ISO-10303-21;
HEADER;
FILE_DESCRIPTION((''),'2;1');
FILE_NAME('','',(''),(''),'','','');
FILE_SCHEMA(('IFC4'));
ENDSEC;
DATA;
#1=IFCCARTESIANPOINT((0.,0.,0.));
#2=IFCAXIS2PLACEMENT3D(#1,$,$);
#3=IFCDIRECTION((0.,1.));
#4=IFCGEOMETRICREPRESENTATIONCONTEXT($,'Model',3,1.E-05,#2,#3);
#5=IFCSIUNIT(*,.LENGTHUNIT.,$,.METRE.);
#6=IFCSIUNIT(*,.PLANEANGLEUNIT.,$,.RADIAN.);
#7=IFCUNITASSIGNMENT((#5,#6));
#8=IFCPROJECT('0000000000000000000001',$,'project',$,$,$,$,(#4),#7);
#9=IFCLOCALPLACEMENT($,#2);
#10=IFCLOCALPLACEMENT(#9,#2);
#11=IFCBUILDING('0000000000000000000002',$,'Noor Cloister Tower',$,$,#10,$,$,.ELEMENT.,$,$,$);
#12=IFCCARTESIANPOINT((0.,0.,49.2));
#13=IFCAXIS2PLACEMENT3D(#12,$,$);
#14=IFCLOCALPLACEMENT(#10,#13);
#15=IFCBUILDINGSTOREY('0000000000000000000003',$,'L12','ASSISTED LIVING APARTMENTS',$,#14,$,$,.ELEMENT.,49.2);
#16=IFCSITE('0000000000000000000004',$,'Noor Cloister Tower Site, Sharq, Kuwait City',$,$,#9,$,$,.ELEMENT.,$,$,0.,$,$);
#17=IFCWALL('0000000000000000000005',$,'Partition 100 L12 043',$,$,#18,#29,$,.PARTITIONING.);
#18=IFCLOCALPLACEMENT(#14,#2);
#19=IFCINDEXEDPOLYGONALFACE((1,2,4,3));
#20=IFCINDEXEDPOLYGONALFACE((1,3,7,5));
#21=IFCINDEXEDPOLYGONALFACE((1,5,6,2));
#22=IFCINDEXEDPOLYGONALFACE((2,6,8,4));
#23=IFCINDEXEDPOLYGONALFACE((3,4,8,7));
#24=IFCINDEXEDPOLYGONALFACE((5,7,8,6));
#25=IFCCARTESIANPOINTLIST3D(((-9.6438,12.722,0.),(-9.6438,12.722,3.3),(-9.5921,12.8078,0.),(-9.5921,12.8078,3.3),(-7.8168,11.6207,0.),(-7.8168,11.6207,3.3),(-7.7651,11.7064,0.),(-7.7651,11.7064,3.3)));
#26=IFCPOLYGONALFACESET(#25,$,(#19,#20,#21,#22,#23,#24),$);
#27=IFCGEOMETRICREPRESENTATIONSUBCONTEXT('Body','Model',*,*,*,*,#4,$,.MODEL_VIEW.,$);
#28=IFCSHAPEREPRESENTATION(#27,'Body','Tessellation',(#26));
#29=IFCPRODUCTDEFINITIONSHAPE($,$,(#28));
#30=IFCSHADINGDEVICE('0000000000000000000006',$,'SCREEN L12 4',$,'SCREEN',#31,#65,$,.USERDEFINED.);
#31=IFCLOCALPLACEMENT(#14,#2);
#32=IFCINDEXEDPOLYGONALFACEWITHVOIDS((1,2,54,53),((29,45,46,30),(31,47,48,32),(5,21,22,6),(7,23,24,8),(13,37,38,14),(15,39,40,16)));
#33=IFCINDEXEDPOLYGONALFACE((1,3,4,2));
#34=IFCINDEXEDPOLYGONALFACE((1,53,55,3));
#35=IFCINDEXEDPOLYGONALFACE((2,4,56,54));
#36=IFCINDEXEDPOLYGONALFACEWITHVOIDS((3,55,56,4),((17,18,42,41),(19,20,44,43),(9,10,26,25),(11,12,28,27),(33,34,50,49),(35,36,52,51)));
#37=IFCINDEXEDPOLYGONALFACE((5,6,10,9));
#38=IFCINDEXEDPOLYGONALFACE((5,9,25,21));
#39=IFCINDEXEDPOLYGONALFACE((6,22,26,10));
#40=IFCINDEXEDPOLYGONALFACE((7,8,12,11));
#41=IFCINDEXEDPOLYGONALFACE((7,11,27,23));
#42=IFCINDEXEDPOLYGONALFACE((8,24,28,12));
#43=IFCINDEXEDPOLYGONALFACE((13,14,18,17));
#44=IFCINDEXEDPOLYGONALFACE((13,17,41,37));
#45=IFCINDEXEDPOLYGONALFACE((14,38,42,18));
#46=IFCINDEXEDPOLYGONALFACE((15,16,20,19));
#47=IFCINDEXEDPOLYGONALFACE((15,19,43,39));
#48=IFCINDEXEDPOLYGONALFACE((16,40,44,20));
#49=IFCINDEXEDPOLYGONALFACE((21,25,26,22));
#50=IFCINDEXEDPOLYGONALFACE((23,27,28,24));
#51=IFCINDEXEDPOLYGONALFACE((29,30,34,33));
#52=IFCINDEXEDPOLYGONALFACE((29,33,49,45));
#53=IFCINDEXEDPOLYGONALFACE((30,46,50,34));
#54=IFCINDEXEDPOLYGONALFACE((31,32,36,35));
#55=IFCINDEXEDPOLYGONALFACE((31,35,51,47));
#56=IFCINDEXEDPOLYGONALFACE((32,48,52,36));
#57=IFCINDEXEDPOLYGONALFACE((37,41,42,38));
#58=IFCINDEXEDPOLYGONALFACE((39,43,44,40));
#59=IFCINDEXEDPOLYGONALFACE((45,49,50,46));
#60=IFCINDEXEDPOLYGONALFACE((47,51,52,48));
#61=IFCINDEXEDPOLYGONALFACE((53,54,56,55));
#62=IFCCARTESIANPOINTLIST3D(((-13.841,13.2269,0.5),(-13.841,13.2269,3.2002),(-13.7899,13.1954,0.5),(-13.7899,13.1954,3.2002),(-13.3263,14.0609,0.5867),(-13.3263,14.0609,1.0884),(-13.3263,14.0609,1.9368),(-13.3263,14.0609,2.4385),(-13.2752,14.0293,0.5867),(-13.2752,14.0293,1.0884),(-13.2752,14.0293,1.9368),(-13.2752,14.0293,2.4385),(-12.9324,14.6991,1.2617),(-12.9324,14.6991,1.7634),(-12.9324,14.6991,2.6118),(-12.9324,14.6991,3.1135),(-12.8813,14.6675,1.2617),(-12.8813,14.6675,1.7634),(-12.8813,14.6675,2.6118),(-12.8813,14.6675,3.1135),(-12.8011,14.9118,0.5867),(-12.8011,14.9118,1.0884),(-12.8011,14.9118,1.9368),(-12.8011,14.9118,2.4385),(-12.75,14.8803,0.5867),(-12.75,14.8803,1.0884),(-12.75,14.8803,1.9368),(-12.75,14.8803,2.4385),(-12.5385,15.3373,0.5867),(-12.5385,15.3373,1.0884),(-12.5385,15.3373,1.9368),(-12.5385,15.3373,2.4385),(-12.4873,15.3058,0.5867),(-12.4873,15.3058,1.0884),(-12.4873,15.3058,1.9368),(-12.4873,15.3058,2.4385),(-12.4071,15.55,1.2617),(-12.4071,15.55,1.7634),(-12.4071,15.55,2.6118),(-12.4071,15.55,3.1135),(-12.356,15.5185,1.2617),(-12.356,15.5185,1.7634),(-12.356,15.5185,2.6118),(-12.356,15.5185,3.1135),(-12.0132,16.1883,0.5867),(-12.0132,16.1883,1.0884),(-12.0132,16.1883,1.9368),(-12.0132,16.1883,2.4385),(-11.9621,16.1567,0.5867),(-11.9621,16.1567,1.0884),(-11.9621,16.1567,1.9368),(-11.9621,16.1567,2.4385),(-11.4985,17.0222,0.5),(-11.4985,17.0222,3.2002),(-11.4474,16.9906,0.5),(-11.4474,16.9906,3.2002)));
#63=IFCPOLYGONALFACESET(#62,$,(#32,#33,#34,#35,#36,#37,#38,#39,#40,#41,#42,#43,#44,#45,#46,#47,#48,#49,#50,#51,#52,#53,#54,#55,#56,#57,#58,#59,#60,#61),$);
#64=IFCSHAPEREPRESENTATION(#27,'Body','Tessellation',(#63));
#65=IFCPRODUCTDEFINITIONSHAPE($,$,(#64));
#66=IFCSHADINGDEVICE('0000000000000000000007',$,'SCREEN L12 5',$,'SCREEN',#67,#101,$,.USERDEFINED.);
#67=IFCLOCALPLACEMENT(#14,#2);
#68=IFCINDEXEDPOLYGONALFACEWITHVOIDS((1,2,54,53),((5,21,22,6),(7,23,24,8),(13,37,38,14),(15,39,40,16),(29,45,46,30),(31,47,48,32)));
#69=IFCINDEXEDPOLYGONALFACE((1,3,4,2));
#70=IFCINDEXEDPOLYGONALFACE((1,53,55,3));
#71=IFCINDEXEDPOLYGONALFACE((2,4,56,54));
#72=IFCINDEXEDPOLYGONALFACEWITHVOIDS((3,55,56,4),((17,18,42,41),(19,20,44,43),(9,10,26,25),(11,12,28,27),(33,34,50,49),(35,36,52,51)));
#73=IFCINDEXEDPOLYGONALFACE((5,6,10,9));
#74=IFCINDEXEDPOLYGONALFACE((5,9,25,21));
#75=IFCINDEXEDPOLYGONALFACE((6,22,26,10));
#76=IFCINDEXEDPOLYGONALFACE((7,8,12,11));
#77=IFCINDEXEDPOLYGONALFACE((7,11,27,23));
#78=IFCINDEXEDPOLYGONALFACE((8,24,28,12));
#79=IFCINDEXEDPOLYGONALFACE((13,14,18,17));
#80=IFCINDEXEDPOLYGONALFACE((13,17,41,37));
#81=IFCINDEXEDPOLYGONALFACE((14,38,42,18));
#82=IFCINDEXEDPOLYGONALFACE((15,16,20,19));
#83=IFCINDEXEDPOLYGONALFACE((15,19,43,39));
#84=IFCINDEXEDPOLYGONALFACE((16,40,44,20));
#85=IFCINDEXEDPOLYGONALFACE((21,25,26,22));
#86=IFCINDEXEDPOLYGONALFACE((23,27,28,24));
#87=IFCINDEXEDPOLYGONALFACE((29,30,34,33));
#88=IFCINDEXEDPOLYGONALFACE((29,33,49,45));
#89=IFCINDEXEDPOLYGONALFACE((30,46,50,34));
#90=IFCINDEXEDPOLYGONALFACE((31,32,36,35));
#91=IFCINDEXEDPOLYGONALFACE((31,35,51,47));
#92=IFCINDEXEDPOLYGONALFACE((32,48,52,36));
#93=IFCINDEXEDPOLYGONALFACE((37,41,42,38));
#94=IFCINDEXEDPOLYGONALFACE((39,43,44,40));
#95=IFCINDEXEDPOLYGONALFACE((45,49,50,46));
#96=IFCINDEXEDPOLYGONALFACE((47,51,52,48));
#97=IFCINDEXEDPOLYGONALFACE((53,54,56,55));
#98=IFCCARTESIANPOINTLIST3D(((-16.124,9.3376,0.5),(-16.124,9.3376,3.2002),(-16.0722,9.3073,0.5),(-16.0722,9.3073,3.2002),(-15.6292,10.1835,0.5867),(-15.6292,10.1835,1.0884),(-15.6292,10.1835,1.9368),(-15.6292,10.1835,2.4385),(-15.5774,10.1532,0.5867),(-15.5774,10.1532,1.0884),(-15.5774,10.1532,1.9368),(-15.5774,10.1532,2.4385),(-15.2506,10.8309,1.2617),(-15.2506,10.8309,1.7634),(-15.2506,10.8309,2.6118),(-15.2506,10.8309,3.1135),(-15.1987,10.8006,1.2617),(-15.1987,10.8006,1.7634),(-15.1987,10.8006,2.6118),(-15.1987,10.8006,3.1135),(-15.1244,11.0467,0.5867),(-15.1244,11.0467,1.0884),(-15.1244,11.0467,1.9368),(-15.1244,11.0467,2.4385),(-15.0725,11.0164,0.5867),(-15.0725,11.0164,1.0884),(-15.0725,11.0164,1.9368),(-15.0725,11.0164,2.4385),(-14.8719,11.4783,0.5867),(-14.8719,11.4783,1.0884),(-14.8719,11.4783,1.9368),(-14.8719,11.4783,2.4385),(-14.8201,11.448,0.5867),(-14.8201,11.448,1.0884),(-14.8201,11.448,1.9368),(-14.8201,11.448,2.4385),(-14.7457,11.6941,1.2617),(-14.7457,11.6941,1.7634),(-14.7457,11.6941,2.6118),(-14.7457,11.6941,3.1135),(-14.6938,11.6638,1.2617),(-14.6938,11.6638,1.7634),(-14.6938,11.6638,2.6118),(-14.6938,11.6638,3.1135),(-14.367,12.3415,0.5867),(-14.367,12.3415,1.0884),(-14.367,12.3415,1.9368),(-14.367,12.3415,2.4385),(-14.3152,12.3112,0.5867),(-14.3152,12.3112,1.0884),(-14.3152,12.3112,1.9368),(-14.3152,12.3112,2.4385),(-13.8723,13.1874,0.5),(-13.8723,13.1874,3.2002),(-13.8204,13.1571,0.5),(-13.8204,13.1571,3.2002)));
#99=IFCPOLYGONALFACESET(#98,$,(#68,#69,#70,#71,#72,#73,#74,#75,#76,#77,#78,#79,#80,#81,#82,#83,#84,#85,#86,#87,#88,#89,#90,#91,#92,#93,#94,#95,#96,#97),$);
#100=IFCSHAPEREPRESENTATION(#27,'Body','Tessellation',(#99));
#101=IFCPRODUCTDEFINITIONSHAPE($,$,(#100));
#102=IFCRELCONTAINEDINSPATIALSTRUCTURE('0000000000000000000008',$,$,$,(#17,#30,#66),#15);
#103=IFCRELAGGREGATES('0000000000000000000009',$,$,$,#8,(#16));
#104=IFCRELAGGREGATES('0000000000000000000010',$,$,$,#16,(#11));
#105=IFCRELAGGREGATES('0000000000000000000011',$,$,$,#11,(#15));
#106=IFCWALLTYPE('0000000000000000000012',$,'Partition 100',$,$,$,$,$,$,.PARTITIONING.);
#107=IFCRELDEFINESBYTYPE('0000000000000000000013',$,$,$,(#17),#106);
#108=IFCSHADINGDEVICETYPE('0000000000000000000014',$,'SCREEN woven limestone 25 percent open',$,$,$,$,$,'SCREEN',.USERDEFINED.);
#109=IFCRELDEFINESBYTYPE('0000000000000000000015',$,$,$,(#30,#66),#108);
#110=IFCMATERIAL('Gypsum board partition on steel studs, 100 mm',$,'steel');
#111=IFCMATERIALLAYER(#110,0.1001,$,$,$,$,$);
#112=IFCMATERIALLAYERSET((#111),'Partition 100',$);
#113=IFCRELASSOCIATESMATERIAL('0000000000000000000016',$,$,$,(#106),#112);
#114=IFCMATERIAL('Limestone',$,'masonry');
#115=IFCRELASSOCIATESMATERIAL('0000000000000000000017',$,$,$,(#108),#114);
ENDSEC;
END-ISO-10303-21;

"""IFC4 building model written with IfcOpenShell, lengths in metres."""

from ifc_helpers import new_model, si_unit, direction, frame, frame_2d, origin, place, context, subcontext, project, spatial, polyline, rectangle, outline, extrude, material, layer, layer_set, material_profile, profile_set, type_object, element, save


model = new_model("IFC4")

# Units and contexts
model_context = context("Model", 3, precision=1e-05, world=origin(), true_north=direction((0.0, 1.0)))
body_context = subcontext(model_context, "Body", "Model", "MODEL_VIEW")
ifc_project = project(units=[si_unit("LENGTHUNIT", "METRE"), si_unit("PLANEANGLEUNIT", "RADIAN")], contexts=[model_context])

# Site, building, storey
site_placement = place(None, origin())
site = spatial("IfcSite", under=ifc_project, at=site_placement, Name="Noor Cloister Tower Site, Sharq, Kuwait City", CompositionType="ELEMENT", RefElevation=0.0)
building_placement = place(site_placement, origin())
building = spatial("IfcBuilding", under=site, at=building_placement, Name="Noor Cloister Tower", CompositionType="ELEMENT")
storey_placement = place(building_placement, frame((0.0, 0.0, 49.2)))
storey = spatial("IfcBuildingStorey", under=building, at=storey_placement, Name="L12", Description="ASSISTED LIVING APARTMENTS", CompositionType="ELEMENT", Elevation=49.2)

# Wall
ifc_material_1 = material(Name="Gypsum board partition on steel studs, 100 mm", Category="steel")
ifc_layer_1 = layer(ifc_material_1, 0.1001)
ifc_layer_set_1 = layer_set([ifc_layer_1], Name="Partition 100")
wall_type_1 = type_object("IfcWallType", Name="Partition 100", PredefinedType="PARTITIONING", material=ifc_layer_set_1)
wall_1_placement = place(storey_placement, frame((-9.6179, 12.7649, 0.0), z_axis=(0.0, 0.0, 1.0), x_axis=(0.856421, -0.516279, 0.0)))
element("IfcWall", 1, at=wall_1_placement, inside=storey, type_object=wall_type_1, Name="Partition 100 L12 043", PredefinedType="PARTITIONING", context=body_context, shape_type="SweptSolid", body=[
    extrude(rectangle(XDim=2.1333, YDim=0.1001, at=frame_2d((1.0667, 0.0))), origin(), (0.0, 0.0, 1.0), 3.3),
])

# Shading devices
ifc_material_2 = material(Name="Limestone", Category="masonry")
ifc_material_profile_1 = material_profile(ifc_material_2, outline(polyline([(-2.23, -1.3501), (2.23, -1.3501), (2.23, 1.3501), (-2.23, 1.3501), (-2.23, -1.3501)]), holes=[polyline([(-1.25, -1.2634), (-0.25, -1.2634), (-0.25, -0.7617), (-1.25, -0.7617), (-1.25, -1.2634)]), polyline([(0.25, -1.2634), (1.25, -1.2634), (1.25, -0.7617), (0.25, -0.7617), (0.25, -1.2634)]), polyline([(-0.5, -0.5884), (0.5, -0.5884), (0.5, -0.0867), (-0.5, -0.0867), (-0.5, -0.5884)]), polyline([(-1.25, 0.0867), (-0.25, 0.0867), (-0.25, 0.5884), (-1.25, 0.5884), (-1.25, 0.0867)]), polyline([(0.25, 0.0867), (1.25, 0.0867), (1.25, 0.5884), (0.25, 0.5884), (0.25, 0.0867)]), polyline([(-0.5, 0.7617), (0.5, 0.7617), (0.5, 1.2634), (-0.5, 1.2634), (-0.5, 0.7617)])]), Name="Woven screen 25 percent open")
ifc_profile_set_1 = profile_set([ifc_material_profile_1], Name="Limestone")
shading_device_type = type_object("IfcShadingDeviceType", Name="SCREEN woven limestone 25 percent open", ElementType="SCREEN", PredefinedType="USERDEFINED", material=ifc_profile_set_1)
for number, where, z_axis, x_axis, name in (
    (2, (-12.6187, 15.093, 1.8501), (-0.850959, 0.525233, 0.0), (-0.525233, -0.850959, 0.0), "SCREEN L12 4"),
    (3, (-14.9463, 11.2322, 1.8501), (-0.863188, 0.504883, 0.0), (-0.504883, -0.863188, 0.0), "SCREEN L12 5"),
):
    element("IfcShadingDevice", number, at=place(storey_placement, frame(where, z_axis=z_axis, x_axis=x_axis)), inside=storey, type_object=shading_device_type, Name=name, ObjectType="SCREEN", PredefinedType="USERDEFINED", context=body_context, shape_type="SweptSolid", body=[
        extrude(outline(polyline([(-2.23, -1.3501), (2.23, -1.3501), (2.23, 1.3501), (-2.23, 1.3501), (-2.23, -1.3501)]), holes=[polyline([(-1.25, -1.2634), (-0.25, -1.2634), (-0.25, -0.7617), (-1.25, -0.7617), (-1.25, -1.2634)]), polyline([(0.25, -1.2634), (1.25, -1.2634), (1.25, -0.7617), (0.25, -0.7617), (0.25, -1.2634)]), polyline([(-0.5, -0.5884), (0.5, -0.5884), (0.5, -0.0867), (-0.5, -0.0867), (-0.5, -0.5884)]), polyline([(-1.25, 0.0867), (-0.25, 0.0867), (-0.25, 0.5884), (-1.25, 0.5884), (-1.25, 0.0867)]), polyline([(0.25, 0.0867), (1.25, 0.0867), (1.25, 0.5884), (0.25, 0.5884), (0.25, 0.0867)]), polyline([(-0.5, 0.7617), (0.5, 0.7617), (0.5, 1.2634), (-0.5, 1.2634), (-0.5, 0.7617)])]), origin(), (0.0, 0.0, 1.0), 0.0601),
    ])

save(model, "model.ifc")
